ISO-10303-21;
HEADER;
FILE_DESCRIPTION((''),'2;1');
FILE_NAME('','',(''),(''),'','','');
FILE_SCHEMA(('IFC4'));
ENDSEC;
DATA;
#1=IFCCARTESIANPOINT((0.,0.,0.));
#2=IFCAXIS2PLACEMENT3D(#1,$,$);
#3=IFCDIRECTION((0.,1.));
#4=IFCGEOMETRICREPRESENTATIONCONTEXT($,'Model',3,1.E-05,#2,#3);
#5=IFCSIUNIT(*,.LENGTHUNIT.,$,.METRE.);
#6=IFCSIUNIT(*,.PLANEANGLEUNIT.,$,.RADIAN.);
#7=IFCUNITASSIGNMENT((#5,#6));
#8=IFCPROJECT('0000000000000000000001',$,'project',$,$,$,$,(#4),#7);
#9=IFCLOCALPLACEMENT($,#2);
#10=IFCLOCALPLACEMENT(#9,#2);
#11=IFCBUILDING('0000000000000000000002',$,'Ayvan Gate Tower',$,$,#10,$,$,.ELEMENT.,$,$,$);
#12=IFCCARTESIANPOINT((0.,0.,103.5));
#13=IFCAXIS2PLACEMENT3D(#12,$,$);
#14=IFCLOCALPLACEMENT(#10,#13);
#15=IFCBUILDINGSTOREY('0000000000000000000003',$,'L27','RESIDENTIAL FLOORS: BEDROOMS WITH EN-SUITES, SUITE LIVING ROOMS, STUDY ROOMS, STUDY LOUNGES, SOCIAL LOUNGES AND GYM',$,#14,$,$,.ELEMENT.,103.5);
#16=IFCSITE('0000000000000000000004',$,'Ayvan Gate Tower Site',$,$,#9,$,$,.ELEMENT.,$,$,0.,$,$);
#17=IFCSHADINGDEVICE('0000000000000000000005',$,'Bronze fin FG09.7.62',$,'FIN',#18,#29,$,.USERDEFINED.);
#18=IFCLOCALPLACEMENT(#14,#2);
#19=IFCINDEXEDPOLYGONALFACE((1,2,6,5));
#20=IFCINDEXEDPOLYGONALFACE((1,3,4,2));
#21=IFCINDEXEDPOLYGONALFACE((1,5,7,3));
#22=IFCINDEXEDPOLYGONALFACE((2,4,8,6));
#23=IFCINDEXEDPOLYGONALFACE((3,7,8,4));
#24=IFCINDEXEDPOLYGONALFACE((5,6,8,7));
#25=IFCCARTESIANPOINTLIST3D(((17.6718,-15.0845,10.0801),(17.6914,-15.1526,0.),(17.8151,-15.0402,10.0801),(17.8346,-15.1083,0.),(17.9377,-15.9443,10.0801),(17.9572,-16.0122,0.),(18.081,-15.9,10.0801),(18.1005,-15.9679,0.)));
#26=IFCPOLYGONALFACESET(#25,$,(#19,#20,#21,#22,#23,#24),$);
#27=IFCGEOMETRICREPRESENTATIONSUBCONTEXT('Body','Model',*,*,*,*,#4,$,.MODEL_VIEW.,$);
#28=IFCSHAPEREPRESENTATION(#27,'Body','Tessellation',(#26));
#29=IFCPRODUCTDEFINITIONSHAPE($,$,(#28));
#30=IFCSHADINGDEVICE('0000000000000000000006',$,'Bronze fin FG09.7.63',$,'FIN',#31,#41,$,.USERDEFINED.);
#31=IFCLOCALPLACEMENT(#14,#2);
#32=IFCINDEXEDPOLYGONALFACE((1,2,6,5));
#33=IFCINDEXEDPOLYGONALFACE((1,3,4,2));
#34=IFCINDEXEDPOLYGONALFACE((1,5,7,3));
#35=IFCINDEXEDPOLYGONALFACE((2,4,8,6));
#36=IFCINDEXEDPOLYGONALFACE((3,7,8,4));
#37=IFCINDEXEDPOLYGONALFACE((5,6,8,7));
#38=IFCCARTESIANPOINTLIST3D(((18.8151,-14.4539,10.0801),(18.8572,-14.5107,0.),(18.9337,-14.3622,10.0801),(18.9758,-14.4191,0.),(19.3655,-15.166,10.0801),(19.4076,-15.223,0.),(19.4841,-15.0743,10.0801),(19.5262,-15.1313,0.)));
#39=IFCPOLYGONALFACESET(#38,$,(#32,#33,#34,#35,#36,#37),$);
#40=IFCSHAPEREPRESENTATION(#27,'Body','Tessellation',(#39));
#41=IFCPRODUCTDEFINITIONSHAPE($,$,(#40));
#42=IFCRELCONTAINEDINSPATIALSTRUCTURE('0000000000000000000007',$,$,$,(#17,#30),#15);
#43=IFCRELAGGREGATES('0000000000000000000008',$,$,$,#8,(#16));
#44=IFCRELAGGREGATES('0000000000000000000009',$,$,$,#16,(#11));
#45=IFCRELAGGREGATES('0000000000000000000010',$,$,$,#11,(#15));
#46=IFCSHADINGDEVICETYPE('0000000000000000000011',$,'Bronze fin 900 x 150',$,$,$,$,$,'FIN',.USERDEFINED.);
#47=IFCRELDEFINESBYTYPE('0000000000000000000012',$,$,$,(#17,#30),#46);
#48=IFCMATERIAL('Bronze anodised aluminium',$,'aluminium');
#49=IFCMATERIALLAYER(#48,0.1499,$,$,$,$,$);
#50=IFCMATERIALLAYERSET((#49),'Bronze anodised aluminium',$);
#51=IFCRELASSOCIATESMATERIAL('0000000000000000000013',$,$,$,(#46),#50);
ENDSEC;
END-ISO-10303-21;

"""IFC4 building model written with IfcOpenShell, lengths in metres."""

from ifc_helpers import new_model, si_unit, direction, frame, origin, place, context, subcontext, project, spatial, polyline, outline, extrude, material, layer, layer_set, type_object, element, save


model = new_model("IFC4")

# Units and contexts
model_context = context("Model", 3, precision=1e-05, world=origin(), true_north=direction((0.0, 1.0)))
body_context = subcontext(model_context, "Body", "Model", "MODEL_VIEW")
ifc_project = project(units=[si_unit("LENGTHUNIT", "METRE"), si_unit("PLANEANGLEUNIT", "RADIAN")], contexts=[model_context])

# Site, building, storey
site_placement = place(None, origin())
site = spatial("IfcSite", under=ifc_project, at=site_placement, Name="Ayvan Gate Tower Site", CompositionType="ELEMENT", RefElevation=0.0)
building_placement = place(site_placement, origin())
building = spatial("IfcBuilding", under=site, at=building_placement, Name="Ayvan Gate Tower", CompositionType="ELEMENT")
storey_placement = place(building_placement, frame((0.0, 0.0, 103.5)))
storey = spatial("IfcBuildingStorey", under=building, at=storey_placement, Name="L27", Description="RESIDENTIAL FLOORS: BEDROOMS WITH EN-SUITES, SUITE LIVING ROOMS, STUDY ROOMS, STUDY LOUNGES, SOCIAL LOUNGES AND GYM", CompositionType="ELEMENT", Elevation=103.5)

# Shared definitions
ifc_material_1 = material(Name="Bronze anodised aluminium", Category="aluminium")

# Shading devices
ifc_layer_1 = layer(ifc_material_1, 0.1499)
ifc_layer_set_1 = layer_set([ifc_layer_1], Name="Bronze anodised aluminium")
shading_device_type = type_object("IfcShadingDeviceType", Name="Bronze fin 900 x 150", ElementType="FIN", PredefinedType="USERDEFINED", material=ifc_layer_set_1)
shading_device_1_placement = place(storey_placement, frame((17.6914, -15.1526, 0.0), z_axis=(-0.955362, -0.295439, 0.000142), x_axis=(0.295439, -0.955362, 0.0)))
element("IfcShadingDevice", 1, at=shading_device_1_placement, inside=storey, type_object=shading_device_type, Name="Bronze fin FG09.7.62", ObjectType="FIN", PredefinedType="USERDEFINED", context=body_context, shape_type="SweptSolid", body=[
    extrude(outline(polyline([(0.0, 0.0), (0.8998, 0.0), (0.8292, 10.0801), (-0.0708, 10.0801), (0.0, 0.0)])), origin(), (0.0, 0.0, -1.0), 0.1499),
])
shading_device_2_placement = place(storey_placement, frame((18.8572, -14.5107, 0.0), z_axis=(-0.791225, -0.611525, 0.000145), x_axis=(0.611525, -0.791225, 0.0)))
element("IfcShadingDevice", 2, at=shading_device_2_placement, inside=storey, type_object=shading_device_type, Name="Bronze fin FG09.7.63", ObjectType="FIN", PredefinedType="USERDEFINED", context=body_context, shape_type="SweptSolid", body=[
    extrude(outline(polyline([(0.0, 0.0), (0.9001, 0.0), (0.8293, 10.0801), (-0.0707, 10.0801), (0.0, 0.0)])), origin(), (0.0, 0.0, -1.0), 0.1499),
])

save(model, "model.ifc")
